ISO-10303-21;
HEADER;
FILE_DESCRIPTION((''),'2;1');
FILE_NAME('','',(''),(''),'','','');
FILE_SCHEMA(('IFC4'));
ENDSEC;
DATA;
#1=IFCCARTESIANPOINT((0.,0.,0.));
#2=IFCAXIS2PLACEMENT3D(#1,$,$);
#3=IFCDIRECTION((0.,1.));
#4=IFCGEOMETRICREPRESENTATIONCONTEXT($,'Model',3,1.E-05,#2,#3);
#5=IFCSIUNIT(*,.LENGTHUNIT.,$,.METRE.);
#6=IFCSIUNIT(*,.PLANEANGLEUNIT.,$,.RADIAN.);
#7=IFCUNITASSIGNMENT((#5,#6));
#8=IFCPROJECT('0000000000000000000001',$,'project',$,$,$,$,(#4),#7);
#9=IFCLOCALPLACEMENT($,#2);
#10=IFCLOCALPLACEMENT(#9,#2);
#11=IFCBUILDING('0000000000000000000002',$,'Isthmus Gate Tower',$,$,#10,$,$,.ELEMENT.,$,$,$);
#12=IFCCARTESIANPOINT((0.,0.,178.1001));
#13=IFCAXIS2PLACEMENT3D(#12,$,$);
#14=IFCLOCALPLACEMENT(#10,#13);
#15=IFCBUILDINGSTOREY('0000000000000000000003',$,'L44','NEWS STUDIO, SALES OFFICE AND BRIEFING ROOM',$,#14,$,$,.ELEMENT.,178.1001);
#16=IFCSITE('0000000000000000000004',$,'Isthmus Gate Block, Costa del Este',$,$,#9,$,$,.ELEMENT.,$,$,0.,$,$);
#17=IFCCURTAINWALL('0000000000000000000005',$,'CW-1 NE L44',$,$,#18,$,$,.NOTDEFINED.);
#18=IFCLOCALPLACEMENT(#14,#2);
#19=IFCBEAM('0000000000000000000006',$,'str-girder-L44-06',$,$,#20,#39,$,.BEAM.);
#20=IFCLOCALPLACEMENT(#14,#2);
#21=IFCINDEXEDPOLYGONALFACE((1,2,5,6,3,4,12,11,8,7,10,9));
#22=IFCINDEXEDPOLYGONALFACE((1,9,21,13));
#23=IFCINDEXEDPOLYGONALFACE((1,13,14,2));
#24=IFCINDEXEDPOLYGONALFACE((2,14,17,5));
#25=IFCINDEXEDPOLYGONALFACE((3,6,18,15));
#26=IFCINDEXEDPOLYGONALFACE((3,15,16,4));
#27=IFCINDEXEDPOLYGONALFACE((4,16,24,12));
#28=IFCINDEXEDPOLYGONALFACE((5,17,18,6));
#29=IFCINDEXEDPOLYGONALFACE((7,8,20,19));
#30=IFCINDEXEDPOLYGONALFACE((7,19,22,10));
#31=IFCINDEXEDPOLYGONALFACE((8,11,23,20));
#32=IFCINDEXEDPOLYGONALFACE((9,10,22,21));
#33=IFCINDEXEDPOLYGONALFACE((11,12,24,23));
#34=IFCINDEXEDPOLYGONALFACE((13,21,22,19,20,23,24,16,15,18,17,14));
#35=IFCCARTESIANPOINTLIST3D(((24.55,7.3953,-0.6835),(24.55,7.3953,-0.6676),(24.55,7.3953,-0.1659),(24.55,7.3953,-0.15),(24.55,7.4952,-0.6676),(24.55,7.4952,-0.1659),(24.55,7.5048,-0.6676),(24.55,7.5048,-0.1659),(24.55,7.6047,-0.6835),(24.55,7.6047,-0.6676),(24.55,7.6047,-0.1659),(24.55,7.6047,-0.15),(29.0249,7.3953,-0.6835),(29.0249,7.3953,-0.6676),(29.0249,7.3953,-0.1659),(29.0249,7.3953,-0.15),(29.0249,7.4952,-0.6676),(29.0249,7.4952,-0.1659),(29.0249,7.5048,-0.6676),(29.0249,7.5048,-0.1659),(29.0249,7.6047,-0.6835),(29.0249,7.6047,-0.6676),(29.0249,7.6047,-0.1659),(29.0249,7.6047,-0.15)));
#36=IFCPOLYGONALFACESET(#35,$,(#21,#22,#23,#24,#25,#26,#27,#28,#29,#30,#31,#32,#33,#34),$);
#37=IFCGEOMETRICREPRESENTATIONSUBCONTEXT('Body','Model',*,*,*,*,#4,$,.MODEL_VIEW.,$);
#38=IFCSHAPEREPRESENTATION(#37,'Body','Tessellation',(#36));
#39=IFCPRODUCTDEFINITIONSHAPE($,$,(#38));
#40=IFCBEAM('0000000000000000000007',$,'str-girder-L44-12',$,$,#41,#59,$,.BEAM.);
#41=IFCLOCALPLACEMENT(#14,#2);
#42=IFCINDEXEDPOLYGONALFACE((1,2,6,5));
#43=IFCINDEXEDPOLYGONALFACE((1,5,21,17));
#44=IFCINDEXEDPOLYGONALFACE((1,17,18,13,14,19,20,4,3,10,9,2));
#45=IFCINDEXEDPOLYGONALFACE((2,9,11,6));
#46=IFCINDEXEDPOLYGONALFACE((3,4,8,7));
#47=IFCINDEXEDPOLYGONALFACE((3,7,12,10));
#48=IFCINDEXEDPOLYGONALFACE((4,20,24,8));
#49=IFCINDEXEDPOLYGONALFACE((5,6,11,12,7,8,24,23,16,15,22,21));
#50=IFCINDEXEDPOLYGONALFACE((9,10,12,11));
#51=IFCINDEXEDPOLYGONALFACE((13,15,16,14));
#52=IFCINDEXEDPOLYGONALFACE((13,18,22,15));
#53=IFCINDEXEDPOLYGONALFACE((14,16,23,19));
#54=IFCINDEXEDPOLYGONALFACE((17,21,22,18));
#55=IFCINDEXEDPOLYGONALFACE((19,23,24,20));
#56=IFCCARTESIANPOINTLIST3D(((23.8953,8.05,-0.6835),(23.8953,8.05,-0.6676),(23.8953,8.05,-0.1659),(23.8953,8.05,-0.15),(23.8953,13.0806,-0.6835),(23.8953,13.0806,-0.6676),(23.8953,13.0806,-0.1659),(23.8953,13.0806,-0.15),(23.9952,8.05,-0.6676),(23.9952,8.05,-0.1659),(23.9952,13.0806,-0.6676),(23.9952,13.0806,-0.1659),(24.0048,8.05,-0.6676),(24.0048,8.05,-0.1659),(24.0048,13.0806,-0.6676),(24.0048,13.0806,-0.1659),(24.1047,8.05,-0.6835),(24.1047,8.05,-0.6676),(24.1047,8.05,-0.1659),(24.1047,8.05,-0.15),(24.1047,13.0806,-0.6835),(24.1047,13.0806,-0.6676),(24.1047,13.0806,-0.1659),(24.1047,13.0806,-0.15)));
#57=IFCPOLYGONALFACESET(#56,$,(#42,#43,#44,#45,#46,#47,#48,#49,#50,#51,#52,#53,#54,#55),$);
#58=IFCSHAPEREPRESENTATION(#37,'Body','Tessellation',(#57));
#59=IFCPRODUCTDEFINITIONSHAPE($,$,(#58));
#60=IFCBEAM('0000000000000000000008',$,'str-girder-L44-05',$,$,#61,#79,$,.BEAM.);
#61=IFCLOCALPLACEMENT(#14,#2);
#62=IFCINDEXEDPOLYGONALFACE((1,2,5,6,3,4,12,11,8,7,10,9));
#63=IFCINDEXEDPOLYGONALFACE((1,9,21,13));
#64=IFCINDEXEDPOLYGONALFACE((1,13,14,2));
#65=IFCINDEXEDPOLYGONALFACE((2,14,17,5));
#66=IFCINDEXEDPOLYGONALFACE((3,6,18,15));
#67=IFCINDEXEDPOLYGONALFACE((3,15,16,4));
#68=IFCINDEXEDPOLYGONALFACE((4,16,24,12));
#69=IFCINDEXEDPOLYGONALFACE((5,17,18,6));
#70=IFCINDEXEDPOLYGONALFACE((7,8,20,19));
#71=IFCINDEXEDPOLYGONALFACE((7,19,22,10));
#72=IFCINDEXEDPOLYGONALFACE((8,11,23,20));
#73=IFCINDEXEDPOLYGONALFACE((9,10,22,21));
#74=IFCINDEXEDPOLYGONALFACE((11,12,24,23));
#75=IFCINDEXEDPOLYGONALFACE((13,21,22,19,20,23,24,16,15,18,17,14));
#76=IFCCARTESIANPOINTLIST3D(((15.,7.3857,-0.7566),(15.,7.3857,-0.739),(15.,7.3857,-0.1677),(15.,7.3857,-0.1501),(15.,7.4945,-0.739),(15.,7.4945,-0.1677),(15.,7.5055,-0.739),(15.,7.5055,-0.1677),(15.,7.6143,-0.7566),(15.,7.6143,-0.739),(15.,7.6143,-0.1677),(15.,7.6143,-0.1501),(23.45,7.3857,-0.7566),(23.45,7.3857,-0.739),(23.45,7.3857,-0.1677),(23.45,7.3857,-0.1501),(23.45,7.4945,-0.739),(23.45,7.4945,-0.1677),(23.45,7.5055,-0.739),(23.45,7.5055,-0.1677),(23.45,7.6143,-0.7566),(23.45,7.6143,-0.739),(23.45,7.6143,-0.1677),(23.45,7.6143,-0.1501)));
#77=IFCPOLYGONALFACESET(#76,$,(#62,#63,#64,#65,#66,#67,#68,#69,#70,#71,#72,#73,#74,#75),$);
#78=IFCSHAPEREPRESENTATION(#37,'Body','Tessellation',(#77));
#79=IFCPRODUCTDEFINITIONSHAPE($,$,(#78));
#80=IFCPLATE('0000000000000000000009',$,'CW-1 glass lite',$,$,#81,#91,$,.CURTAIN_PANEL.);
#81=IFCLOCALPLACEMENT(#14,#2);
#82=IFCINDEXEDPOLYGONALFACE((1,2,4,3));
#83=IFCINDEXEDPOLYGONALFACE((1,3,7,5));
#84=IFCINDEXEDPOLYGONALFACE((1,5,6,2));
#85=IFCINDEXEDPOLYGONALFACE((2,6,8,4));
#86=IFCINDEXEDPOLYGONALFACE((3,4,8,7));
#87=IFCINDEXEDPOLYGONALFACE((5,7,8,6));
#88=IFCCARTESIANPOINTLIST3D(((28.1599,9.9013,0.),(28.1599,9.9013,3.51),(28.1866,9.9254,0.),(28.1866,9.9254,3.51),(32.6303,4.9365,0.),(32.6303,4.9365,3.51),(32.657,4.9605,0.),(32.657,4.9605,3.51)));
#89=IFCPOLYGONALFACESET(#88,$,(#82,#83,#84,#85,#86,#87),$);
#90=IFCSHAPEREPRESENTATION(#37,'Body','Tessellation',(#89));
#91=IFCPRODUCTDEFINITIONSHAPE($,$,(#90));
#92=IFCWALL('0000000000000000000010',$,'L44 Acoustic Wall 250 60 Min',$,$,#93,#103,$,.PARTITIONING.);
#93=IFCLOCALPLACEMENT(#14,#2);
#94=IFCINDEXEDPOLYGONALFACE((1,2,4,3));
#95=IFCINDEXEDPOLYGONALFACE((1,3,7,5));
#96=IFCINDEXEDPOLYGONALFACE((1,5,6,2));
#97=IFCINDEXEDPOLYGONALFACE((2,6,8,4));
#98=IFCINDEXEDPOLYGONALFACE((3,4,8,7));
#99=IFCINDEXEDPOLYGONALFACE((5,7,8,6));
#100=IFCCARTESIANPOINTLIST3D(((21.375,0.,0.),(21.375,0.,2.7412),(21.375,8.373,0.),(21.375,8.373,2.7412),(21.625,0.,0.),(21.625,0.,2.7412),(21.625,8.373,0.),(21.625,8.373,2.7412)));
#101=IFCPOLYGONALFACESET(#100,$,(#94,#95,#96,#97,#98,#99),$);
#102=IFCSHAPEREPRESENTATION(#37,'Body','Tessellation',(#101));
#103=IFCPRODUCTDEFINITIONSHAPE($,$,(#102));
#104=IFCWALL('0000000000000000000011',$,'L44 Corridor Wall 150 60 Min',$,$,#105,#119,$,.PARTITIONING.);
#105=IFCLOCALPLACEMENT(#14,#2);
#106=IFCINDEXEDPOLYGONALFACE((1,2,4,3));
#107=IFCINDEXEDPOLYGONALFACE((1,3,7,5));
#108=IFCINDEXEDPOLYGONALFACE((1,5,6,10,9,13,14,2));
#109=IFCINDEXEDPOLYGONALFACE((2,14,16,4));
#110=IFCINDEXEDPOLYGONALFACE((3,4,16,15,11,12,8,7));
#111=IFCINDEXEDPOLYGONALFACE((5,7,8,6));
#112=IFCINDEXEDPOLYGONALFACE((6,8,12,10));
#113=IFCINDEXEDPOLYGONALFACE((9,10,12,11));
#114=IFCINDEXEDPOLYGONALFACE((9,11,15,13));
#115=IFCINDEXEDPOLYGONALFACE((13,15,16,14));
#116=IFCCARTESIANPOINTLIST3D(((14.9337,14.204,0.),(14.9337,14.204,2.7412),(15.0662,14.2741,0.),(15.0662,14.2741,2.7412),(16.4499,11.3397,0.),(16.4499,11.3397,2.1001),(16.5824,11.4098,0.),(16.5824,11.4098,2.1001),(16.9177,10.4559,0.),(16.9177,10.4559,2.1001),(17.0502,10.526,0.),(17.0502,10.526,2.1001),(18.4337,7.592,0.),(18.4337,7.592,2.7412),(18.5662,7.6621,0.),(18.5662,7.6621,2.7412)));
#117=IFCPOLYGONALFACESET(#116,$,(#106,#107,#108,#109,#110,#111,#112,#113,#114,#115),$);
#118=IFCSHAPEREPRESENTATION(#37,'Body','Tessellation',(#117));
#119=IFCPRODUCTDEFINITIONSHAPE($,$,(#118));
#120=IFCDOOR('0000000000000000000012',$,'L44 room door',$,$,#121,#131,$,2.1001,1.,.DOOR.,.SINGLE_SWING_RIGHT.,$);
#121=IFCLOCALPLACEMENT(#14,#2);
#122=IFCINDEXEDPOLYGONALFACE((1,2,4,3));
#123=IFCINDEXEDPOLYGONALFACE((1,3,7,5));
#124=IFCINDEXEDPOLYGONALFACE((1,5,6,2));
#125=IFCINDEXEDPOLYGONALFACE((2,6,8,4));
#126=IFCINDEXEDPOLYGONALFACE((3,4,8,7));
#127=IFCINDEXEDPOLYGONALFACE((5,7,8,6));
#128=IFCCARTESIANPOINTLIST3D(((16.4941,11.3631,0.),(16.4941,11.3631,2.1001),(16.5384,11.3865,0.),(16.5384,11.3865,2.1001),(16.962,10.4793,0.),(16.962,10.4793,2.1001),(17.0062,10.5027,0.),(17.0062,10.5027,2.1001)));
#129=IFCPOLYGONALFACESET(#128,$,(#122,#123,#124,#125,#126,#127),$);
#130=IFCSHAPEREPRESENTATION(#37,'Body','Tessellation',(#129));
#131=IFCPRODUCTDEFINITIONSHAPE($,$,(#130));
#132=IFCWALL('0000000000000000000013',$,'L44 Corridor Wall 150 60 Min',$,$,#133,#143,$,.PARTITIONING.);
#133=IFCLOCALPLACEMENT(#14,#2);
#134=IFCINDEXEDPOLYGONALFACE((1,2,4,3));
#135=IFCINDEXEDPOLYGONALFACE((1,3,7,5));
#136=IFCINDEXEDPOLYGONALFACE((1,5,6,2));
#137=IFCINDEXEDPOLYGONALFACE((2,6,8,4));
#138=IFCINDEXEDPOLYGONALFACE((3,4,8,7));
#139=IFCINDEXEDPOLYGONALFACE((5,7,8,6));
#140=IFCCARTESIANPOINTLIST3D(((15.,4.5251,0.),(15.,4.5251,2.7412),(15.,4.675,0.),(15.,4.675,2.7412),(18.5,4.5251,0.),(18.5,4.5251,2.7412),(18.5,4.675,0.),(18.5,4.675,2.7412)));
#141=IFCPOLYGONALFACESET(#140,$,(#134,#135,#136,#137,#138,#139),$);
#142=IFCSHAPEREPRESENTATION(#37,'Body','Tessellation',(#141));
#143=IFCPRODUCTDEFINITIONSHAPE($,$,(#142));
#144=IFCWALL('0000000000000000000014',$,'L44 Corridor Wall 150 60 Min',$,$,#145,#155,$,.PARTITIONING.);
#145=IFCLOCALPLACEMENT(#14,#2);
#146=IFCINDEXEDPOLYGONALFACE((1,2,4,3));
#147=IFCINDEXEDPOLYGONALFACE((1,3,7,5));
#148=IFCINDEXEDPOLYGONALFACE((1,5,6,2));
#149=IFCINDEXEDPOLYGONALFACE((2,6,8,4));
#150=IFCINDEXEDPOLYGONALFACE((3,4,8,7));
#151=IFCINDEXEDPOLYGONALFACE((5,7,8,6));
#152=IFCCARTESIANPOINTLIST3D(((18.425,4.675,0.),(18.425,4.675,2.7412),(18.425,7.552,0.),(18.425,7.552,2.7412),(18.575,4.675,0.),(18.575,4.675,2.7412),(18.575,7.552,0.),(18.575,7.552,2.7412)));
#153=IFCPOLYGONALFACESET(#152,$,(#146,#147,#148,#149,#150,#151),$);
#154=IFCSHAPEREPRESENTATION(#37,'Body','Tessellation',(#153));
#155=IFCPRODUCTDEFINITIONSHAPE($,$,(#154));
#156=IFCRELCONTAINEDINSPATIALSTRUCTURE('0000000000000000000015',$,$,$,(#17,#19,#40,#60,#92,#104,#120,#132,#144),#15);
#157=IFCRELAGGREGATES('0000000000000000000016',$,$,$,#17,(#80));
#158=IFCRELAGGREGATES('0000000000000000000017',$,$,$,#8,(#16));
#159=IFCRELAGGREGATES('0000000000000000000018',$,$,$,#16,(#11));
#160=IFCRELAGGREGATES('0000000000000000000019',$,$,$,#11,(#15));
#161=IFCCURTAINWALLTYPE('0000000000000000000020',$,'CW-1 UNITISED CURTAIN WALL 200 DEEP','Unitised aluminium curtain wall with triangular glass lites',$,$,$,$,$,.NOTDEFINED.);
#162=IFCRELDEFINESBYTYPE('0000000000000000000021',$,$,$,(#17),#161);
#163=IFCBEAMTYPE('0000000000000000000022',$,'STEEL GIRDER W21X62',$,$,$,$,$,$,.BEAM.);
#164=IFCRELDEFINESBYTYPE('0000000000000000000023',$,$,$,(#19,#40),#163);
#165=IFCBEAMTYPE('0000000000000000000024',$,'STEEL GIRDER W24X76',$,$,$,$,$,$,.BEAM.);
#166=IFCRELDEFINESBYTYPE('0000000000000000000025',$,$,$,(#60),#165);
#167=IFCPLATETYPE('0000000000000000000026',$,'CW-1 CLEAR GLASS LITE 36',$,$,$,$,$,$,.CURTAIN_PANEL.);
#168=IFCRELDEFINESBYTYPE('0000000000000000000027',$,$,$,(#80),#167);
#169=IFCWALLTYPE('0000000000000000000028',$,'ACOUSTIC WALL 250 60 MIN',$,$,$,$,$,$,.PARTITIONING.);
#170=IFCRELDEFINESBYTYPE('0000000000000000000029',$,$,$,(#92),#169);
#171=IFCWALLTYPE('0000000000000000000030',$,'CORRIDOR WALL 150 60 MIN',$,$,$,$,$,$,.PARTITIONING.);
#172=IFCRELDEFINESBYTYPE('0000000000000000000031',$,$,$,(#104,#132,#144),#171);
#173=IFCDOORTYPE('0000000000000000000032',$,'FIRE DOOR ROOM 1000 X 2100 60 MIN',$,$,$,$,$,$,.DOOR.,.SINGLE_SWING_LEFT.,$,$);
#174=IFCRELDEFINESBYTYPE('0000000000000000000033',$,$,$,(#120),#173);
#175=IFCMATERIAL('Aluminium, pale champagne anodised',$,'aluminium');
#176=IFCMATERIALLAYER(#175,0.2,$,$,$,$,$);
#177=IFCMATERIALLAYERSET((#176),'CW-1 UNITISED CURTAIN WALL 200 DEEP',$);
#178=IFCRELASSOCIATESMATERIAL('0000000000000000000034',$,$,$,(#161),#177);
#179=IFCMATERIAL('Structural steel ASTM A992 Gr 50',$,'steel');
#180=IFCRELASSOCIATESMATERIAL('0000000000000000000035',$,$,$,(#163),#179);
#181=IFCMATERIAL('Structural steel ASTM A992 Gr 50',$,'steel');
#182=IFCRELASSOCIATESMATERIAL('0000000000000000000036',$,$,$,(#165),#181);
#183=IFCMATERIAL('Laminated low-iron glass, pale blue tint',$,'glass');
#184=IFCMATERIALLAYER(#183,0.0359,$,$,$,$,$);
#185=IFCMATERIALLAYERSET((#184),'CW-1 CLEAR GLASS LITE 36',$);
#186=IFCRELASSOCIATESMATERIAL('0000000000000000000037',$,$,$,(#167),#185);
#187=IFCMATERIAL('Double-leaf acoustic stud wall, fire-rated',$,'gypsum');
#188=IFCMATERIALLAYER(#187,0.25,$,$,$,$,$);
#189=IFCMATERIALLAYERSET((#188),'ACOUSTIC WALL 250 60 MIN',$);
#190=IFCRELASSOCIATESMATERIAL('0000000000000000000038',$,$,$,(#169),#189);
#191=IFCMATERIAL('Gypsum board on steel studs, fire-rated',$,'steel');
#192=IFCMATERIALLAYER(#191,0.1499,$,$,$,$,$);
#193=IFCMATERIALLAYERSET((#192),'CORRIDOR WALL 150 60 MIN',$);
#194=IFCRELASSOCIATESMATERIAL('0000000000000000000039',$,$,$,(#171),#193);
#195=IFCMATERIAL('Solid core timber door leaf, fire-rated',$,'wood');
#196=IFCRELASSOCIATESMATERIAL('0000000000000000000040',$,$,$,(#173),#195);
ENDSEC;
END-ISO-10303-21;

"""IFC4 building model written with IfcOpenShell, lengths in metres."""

from ifc_helpers import new_model, si_unit, direction, frame, frame_2d, origin, origin_2d, place, context, subcontext, project, spatial, rectangle, i_section, extrude, material, layer, layer_set, material_profile, profile_set, type_object, element, fill, aggregate, save


model = new_model("IFC4")

# Units and contexts
model_context = context("Model", 3, precision=1e-05, world=origin(), true_north=direction((0.0, 1.0)))
body_context = subcontext(model_context, "Body", "Model", "MODEL_VIEW")
ifc_project = project(units=[si_unit("LENGTHUNIT", "METRE"), si_unit("PLANEANGLEUNIT", "RADIAN")], contexts=[model_context])

# Site, building, storey
site_placement = place(None, origin())
site = spatial("IfcSite", under=ifc_project, at=site_placement, Name="Isthmus Gate Block, Costa del Este", CompositionType="ELEMENT", RefElevation=0.0)
building_placement = place(site_placement, origin())
building = spatial("IfcBuilding", under=site, at=building_placement, Name="Isthmus Gate Tower", CompositionType="ELEMENT")
storey_placement = place(building_placement, frame((0.0, 0.0, 178.1001)))
storey = spatial("IfcBuildingStorey", under=building, at=storey_placement, Name="L44", Description="NEWS STUDIO, SALES OFFICE AND BRIEFING ROOM", CompositionType="ELEMENT", Elevation=178.1001)

# Curtain wall
ifc_material_1 = material(Name="Aluminium, pale champagne anodised", Category="aluminium")
ifc_layer_1 = layer(ifc_material_1, 0.2)
ifc_layer_set_1 = layer_set([ifc_layer_1], Name="CW-1 UNITISED CURTAIN WALL 200 DEEP")
curtain_wall_type = type_object("IfcCurtainWallType", Name="CW-1 UNITISED CURTAIN WALL 200 DEEP", Description="Unitised aluminium curtain wall with triangular glass lites", PredefinedType="NOTDEFINED", material=ifc_layer_set_1)
curtain_wall_placement = place(storey_placement, origin())
curtain_wall = element("IfcCurtainWall", 1, at=curtain_wall_placement, inside=storey, type_object=curtain_wall_type, Name="CW-1 NE L44", PredefinedType="NOTDEFINED")

# Beams
ifc_material_2 = material(Name="Structural steel ASTM A992 Gr 50", Category="steel")
ifc_material_profile_1 = material_profile(ifc_material_2, i_section(OverallWidth=0.2095, OverallDepth=0.5334, WebThickness=0.0095, FlangeThickness=0.0159, at=origin_2d()), Name="W21X62")
ifc_profile_set_1 = profile_set([ifc_material_profile_1], Name="Structural steel ASTM A992 Gr 50")
beam_type_1 = type_object("IfcBeamType", Name="STEEL GIRDER W21X62", PredefinedType="BEAM", material=ifc_profile_set_1)
beam_1_placement = place(storey_placement, frame((24.55, 7.5, -0.4167), z_axis=(1.0, 0.0, 0.0), x_axis=(0.0, 1.0, 0.0)))
element("IfcBeam", 2, at=beam_1_placement, inside=storey, type_object=beam_type_1, Name="str-girder-L44-06", PredefinedType="BEAM", context=body_context, shape_type="SweptSolid", body=[
    extrude(i_section(OverallWidth=0.2095, OverallDepth=0.5334, WebThickness=0.0095, FlangeThickness=0.0159, at=origin_2d()), origin(), (0.0, 0.0, 1.0), 4.4749),
])
beam_2_placement = place(storey_placement, frame((24.0, 8.05, -0.4167), z_axis=(0.0, 1.0, 0.0), x_axis=(-1.0, 0.0, 0.0)))
element("IfcBeam", 3, at=beam_2_placement, inside=storey, type_object=beam_type_1, Name="str-girder-L44-12", PredefinedType="BEAM", context=body_context, shape_type="SweptSolid", body=[
    extrude(i_section(OverallWidth=0.2095, OverallDepth=0.5334, WebThickness=0.0095, FlangeThickness=0.0159, at=origin_2d()), origin(), (0.0, 0.0, 1.0), 5.0305),
])
ifc_material_3 = material(Name="Structural steel ASTM A992 Gr 50", Category="steel")
ifc_material_profile_2 = material_profile(ifc_material_3, i_section(OverallWidth=0.2285, OverallDepth=0.6064, WebThickness=0.011, FlangeThickness=0.0176, at=origin_2d()), Name="W24X76")
ifc_profile_set_2 = profile_set([ifc_material_profile_2], Name="Structural steel ASTM A992 Gr 50")
beam_type_2 = type_object("IfcBeamType", Name="STEEL GIRDER W24X76", PredefinedType="BEAM", material=ifc_profile_set_2)
beam_3_placement = place(storey_placement, frame((15.0, 7.5, -0.4534), z_axis=(1.0, 0.0, 0.0), x_axis=(0.0, 1.0, 0.0)))
element("IfcBeam", 4, at=beam_3_placement, inside=storey, type_object=beam_type_2, Name="str-girder-L44-05", PredefinedType="BEAM", context=body_context, shape_type="SweptSolid", body=[
    extrude(i_section(OverallWidth=0.2285, OverallDepth=0.6064, WebThickness=0.011, FlangeThickness=0.0176, at=origin_2d()), origin(), (0.0, 0.0, 1.0), 8.45),
])

# Plate
ifc_material_4 = material(Name="Laminated low-iron glass, pale blue tint", Category="glass")
ifc_layer_2 = layer(ifc_material_4, 0.0359)
ifc_layer_set_2 = layer_set([ifc_layer_2], Name="CW-1 CLEAR GLASS LITE 36")
plate_type = type_object("IfcPlateType", Name="CW-1 CLEAR GLASS LITE 36", PredefinedType="CURTAIN_PANEL", material=ifc_layer_set_2)
plate_placement = place(storey_placement, frame((30.4084, 7.4309, 0.0), z_axis=(0.0, 0.0, 1.0), x_axis=(-0.669131, 0.743145, 0.0)))
plate = element("IfcPlate", 5, at=plate_placement, type_object=plate_type, Name="CW-1 glass lite", PredefinedType="CURTAIN_PANEL", context=body_context, shape_type="SweptSolid", body=[
    extrude(rectangle(XDim=6.6809, YDim=0.0359, at=origin_2d()), origin(), (0.0, 0.0, 1.0), 3.51),
])
aggregate(curtain_wall, [plate])

# Wall
ifc_material_5 = material(Name="Double-leaf acoustic stud wall, fire-rated", Category="gypsum")
ifc_layer_3 = layer(ifc_material_5, 0.25)
ifc_layer_set_3 = layer_set([ifc_layer_3], Name="ACOUSTIC WALL 250 60 MIN")
wall_type_1 = type_object("IfcWallType", Name="ACOUSTIC WALL 250 60 MIN", PredefinedType="PARTITIONING", material=ifc_layer_set_3)
wall_1_placement = place(storey_placement, frame((21.5, 8.373, 0.0), z_axis=(0.0, 0.0, 1.0), x_axis=(0.0, -1.0, 0.0)))
element("IfcWall", 6, at=wall_1_placement, inside=storey, type_object=wall_type_1, Name="L44 Acoustic Wall 250 60 Min", PredefinedType="PARTITIONING", context=body_context, shape_type="SweptSolid", body=[
    extrude(rectangle(XDim=8.373, YDim=0.25, at=frame_2d((4.1865, 0.0))), origin(), (0.0, 0.0, 1.0), 2.7412),
])

# Wall, opening, door
ifc_material_6 = material(Name="Gypsum board on steel studs, fire-rated", Category="steel")
ifc_layer_4 = layer(ifc_material_6, 0.1499)
ifc_layer_set_4 = layer_set([ifc_layer_4], Name="CORRIDOR WALL 150 60 MIN")
wall_type_2 = type_object("IfcWallType", Name="CORRIDOR WALL 150 60 MIN", PredefinedType="PARTITIONING", material=ifc_layer_set_4)
wall_2_placement = place(storey_placement, frame((18.5, 7.627, 0.0), z_axis=(0.0, 0.0, 1.0), x_axis=(-0.467835, 0.883816, 0.0)))
wall_2 = element("IfcWall", 7, at=wall_2_placement, inside=storey, type_object=wall_type_2, Name="L44 Corridor Wall 150 60 Min", PredefinedType="PARTITIONING", context=body_context, shape_type="SweptSolid", body=[
    extrude(rectangle(XDim=7.4812, YDim=0.1499, at=frame_2d((3.7407, 0.0))), origin(), (0.0, 0.0, 1.0), 2.7412),
])
opening_placement = place(wall_2_placement, frame((3.2405, 0.0, 0.0)))
opening = element("IfcOpeningElement", 8, at=opening_placement, cuts=wall_2, PredefinedType="OPENING", context=body_context, shape_type="SweptSolid", body=[
    extrude(rectangle(XDim=1.0, YDim=2.1001, at=frame_2d((0.5, 1.05))), frame((0.0, 0.085, 0.0), z_axis=(0.0, -1.0, 0.0), x_axis=(1.0, 0.0, 0.0)), (0.0, 0.0, 1.0), 0.1699),
])
ifc_material_7 = material(Name="Solid core timber door leaf, fire-rated", Category="wood")
door_type = type_object("IfcDoorType", Name="FIRE DOOR ROOM 1000 X 2100 60 MIN", OperationType="SINGLE_SWING_LEFT", PredefinedType="DOOR", material=ifc_material_7)
door_placement = place(opening_placement, origin())
door = element("IfcDoor", 9, at=door_placement, inside=storey, type_object=door_type, Name="L44 room door", OperationType="SINGLE_SWING_RIGHT", OverallHeight=2.1001, OverallWidth=1.0, PredefinedType="DOOR", context=body_context, shape_type="SweptSolid", body=[
    extrude(rectangle(XDim=1.0, YDim=2.1001, at=frame_2d((0.5, 1.05))), frame((0.0, 0.0249, 0.0), z_axis=(0.0, -1.0, 0.0), x_axis=(1.0, 0.0, 0.0)), (0.0, 0.0, 1.0), 0.05),
])
fill(opening, door)

# Walls
wall_3_placement = place(storey_placement, frame((15.0, 4.6001, 0.0), z_axis=(0.0, 0.0, 1.0), x_axis=(1.0, 0.0, 0.0)))
element("IfcWall", 10, at=wall_3_placement, inside=storey, type_object=wall_type_2, Name="L44 Corridor Wall 150 60 Min", PredefinedType="PARTITIONING", context=body_context, shape_type="SweptSolid", body=[
    extrude(rectangle(XDim=3.5, YDim=0.1499, at=frame_2d((1.75, 0.0))), origin(), (0.0, 0.0, 1.0), 2.7412),
])
wall_4_placement = place(storey_placement, frame((18.5, 4.675, 0.0), z_axis=(0.0, 0.0, 1.0), x_axis=(0.0, 1.0, 0.0)))
element("IfcWall", 11, at=wall_4_placement, inside=storey, type_object=wall_type_2, Name="L44 Corridor Wall 150 60 Min", PredefinedType="PARTITIONING", context=body_context, shape_type="SweptSolid", body=[
    extrude(rectangle(XDim=2.877, YDim=0.1499, at=frame_2d((1.4385, 0.0))), origin(), (0.0, 0.0, 1.0), 2.7412),
])

save(model, "model.ifc")
